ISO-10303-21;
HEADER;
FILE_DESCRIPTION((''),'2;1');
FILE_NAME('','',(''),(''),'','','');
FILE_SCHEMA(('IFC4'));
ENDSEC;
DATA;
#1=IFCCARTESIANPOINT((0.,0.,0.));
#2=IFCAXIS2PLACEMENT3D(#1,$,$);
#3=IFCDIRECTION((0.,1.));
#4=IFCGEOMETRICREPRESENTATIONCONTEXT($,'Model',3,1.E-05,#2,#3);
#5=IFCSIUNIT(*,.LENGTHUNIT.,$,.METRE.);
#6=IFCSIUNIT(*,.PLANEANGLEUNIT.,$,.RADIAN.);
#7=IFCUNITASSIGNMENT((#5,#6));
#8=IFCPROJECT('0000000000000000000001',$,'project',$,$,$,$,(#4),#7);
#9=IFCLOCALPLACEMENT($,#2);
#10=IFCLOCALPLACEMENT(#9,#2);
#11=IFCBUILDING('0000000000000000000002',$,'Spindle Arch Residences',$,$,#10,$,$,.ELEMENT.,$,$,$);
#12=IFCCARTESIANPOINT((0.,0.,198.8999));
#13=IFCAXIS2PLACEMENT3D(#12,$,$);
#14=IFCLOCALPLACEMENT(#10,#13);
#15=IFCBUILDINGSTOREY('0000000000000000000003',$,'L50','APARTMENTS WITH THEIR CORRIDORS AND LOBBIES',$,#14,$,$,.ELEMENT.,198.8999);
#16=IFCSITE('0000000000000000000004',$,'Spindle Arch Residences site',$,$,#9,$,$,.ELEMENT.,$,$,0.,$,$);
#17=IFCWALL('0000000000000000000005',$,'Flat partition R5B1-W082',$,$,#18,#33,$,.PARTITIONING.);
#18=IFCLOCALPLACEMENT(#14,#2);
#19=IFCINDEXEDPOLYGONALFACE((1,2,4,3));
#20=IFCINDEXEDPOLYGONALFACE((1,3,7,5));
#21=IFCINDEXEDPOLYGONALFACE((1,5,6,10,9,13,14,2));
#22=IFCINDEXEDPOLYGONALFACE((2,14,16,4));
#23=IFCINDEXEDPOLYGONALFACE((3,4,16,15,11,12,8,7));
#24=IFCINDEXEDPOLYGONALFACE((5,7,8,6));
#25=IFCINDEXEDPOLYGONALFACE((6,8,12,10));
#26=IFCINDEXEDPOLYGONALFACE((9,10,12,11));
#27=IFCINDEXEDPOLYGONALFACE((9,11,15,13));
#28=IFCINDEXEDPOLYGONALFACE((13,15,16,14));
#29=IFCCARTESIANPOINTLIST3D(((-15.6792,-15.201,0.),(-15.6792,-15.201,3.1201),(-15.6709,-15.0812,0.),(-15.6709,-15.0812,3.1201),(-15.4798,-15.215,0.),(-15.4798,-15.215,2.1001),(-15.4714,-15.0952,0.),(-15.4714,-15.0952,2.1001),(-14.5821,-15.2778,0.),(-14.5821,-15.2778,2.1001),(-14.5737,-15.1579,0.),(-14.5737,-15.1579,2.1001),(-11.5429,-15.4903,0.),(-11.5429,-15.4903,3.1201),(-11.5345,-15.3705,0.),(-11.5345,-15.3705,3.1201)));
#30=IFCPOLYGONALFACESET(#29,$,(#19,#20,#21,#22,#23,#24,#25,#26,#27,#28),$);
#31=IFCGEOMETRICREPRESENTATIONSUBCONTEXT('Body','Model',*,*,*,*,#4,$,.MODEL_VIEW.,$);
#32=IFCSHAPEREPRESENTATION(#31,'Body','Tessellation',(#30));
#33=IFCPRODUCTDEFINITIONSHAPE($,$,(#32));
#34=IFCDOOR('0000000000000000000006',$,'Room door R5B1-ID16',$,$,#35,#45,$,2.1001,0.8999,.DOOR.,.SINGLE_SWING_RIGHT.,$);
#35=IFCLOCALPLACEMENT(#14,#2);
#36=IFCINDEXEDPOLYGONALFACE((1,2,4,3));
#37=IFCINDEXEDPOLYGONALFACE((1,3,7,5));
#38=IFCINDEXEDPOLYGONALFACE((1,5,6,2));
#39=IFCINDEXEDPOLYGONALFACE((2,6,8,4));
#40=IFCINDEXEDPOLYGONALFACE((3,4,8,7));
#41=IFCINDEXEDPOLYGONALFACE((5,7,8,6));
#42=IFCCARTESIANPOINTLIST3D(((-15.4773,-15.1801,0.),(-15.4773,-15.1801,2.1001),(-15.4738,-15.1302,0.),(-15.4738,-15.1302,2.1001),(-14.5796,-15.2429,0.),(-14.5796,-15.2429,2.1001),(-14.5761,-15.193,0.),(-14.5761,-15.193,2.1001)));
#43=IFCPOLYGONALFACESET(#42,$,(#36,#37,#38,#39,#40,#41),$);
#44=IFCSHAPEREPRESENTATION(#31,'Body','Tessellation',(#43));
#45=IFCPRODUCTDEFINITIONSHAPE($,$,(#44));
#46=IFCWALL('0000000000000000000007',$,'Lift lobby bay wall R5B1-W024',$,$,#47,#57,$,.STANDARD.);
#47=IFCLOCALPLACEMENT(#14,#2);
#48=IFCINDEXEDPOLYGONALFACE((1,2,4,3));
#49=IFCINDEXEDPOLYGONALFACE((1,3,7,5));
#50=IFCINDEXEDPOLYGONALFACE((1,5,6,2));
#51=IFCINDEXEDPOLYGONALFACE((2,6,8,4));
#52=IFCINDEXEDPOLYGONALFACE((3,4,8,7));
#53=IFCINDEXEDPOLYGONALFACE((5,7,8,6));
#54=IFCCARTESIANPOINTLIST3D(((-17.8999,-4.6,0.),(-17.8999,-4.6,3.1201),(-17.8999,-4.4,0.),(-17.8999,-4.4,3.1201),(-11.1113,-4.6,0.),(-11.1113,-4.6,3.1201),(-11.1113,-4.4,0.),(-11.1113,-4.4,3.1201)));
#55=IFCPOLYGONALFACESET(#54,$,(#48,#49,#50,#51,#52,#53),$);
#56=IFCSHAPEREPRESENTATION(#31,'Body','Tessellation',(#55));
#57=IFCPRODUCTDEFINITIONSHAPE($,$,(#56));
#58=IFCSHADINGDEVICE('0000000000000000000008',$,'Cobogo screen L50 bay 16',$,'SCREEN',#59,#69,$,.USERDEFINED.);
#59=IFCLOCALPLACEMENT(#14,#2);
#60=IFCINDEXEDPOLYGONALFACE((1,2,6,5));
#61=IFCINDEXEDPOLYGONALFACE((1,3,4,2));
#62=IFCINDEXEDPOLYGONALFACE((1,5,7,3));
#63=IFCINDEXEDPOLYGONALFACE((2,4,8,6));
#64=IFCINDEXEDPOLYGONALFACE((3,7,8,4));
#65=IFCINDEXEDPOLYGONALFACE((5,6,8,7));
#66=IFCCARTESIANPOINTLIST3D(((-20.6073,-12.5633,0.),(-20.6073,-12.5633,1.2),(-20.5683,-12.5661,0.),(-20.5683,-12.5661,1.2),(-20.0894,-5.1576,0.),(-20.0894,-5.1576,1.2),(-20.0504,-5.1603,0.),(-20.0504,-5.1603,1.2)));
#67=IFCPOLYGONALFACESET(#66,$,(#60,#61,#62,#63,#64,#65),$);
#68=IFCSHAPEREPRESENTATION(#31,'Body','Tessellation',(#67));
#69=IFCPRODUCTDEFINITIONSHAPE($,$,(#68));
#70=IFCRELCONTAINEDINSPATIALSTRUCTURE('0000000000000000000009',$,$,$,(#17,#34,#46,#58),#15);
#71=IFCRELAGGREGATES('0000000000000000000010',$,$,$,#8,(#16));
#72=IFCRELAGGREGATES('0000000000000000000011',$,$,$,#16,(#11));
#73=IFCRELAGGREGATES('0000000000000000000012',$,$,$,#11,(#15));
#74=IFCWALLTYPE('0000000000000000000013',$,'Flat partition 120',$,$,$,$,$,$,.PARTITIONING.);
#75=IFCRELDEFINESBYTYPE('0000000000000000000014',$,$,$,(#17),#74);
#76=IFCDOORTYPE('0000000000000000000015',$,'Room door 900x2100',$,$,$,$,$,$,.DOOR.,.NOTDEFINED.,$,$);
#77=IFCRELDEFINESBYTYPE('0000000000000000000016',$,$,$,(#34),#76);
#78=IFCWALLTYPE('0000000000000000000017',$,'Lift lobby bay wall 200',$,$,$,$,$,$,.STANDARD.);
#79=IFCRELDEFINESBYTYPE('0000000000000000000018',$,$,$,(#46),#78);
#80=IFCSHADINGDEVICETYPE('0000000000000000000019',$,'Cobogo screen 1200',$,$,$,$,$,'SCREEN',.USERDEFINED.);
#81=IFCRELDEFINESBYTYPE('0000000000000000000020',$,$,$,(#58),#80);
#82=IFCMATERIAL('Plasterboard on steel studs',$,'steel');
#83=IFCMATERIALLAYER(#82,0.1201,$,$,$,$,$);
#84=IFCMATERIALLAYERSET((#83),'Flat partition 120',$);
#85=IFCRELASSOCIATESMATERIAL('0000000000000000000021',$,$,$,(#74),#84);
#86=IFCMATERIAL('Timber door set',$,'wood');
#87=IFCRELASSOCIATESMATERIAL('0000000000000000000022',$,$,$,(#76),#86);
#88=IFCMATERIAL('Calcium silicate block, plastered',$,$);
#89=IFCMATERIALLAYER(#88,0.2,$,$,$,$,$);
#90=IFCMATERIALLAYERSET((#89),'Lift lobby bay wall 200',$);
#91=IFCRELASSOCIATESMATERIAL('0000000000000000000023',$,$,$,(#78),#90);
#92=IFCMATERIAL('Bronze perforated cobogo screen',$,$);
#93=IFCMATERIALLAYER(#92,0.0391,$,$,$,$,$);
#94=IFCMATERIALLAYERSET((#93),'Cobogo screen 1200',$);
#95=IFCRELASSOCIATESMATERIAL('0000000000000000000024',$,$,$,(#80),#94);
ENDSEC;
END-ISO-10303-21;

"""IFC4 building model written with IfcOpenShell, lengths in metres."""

from ifc_helpers import new_model, si_unit, direction, frame, frame_2d, origin, origin_2d, place, context, subcontext, project, spatial, rectangle, extrude, material, layer, layer_set, type_object, element, fill, save


model = new_model("IFC4")

# Units and contexts
model_context = context("Model", 3, precision=1e-05, world=origin(), true_north=direction((0.0, 1.0)))
body_context = subcontext(model_context, "Body", "Model", "MODEL_VIEW")
ifc_project = project(units=[si_unit("LENGTHUNIT", "METRE"), si_unit("PLANEANGLEUNIT", "RADIAN")], contexts=[model_context])

# Site, building, storey
site_placement = place(None, origin())
site = spatial("IfcSite", under=ifc_project, at=site_placement, Name="Spindle Arch Residences site", CompositionType="ELEMENT", RefElevation=0.0)
building_placement = place(site_placement, origin())
building = spatial("IfcBuilding", under=site, at=building_placement, Name="Spindle Arch Residences", CompositionType="ELEMENT")
storey_placement = place(building_placement, frame((0.0, 0.0, 198.8999)))
storey = spatial("IfcBuildingStorey", under=building, at=storey_placement, Name="L50", Description="APARTMENTS WITH THEIR CORRIDORS AND LOBBIES", CompositionType="ELEMENT", Elevation=198.8999)

# Shared definitions
ifc_material_1 = material(Name="Plasterboard on steel studs", Category="steel")
ifc_layer_1 = layer(ifc_material_1, 0.1201)
ifc_layer_set_1 = layer_set([ifc_layer_1], Name="Flat partition 120")
wall_type_1 = type_object("IfcWallType", Name="Flat partition 120", PredefinedType="PARTITIONING", material=ifc_layer_set_1)

# Shared definitions
ifc_material_2 = material(Name="Timber door set", Category="wood")
door_type_1 = type_object("IfcDoorType", Name="Room door 900x2100", OperationType="NOTDEFINED", PredefinedType="DOOR", material=ifc_material_2)

# Wall, opening, door
wall_1_placement = place(storey_placement, frame((-15.675, -15.1411, 0.0), z_axis=(0.0, 0.0, 1.0), x_axis=(0.997563, -0.06977, 0.0)))
wall_1 = element("IfcWall", 1, at=wall_1_placement, inside=storey, type_object=wall_type_1, Name="Flat partition R5B1-W082", PredefinedType="PARTITIONING", context=body_context, shape_type="SweptSolid", body=[
    extrude(rectangle(XDim=4.1465, YDim=0.1201, at=frame_2d((2.0732, 0.0))), origin(), (0.0, 0.0, 1.0), 3.1201),
])
opening_1_placement = place(wall_1_placement, frame((0.2, 0.0, 0.0)))
opening_1 = element("IfcOpeningElement", 2, at=opening_1_placement, cuts=wall_1, PredefinedType="OPENING", context=body_context, shape_type="SweptSolid", body=[
    extrude(rectangle(XDim=0.8999, YDim=2.1001, at=frame_2d((0.45, 1.05))), frame((0.0, 0.0701, 0.0), z_axis=(0.0, -1.0, 0.0), x_axis=(1.0, 0.0, 0.0)), (0.0, 0.0, 1.0), 0.1401),
])
door_1_placement = place(opening_1_placement, origin())
door_1 = element("IfcDoor", 3, at=door_1_placement, inside=storey, type_object=door_type_1, Name="Room door R5B1-ID16", OperationType="SINGLE_SWING_RIGHT", OverallHeight=2.1001, OverallWidth=0.8999, PredefinedType="DOOR", context=body_context, shape_type="SweptSolid", body=[
    extrude(rectangle(XDim=0.8999, YDim=2.1001, at=frame_2d((0.45, 1.05))), frame((0.0, 0.0249, 0.0), z_axis=(0.0, -1.0, 0.0), x_axis=(1.0, 0.0, 0.0)), (0.0, 0.0, 1.0), 0.05),
])
fill(opening_1, door_1)

# Wall
ifc_material_3 = material(Name="Calcium silicate block, plastered")
ifc_layer_2 = layer(ifc_material_3, 0.2)
ifc_layer_set_2 = layer_set([ifc_layer_2], Name="Lift lobby bay wall 200")
wall_type_2 = type_object("IfcWallType", Name="Lift lobby bay wall 200", PredefinedType="STANDARD", material=ifc_layer_set_2)
wall_2_placement = place(storey_placement, frame((-17.8999, -4.5, 0.0), z_axis=(0.0, 0.0, 1.0), x_axis=(1.0, 0.0, 0.0)))
element("IfcWall", 4, at=wall_2_placement, inside=storey, type_object=wall_type_2, Name="Lift lobby bay wall R5B1-W024", PredefinedType="STANDARD", context=body_context, shape_type="SweptSolid", body=[
    extrude(rectangle(XDim=6.7886, YDim=0.2, at=frame_2d((3.3943, 0.0))), origin(), (0.0, 0.0, 1.0), 3.1201),
])

# Shading device
ifc_material_4 = material(Name="Bronze perforated cobogo screen")
ifc_layer_3 = layer(ifc_material_4, 0.0391)
ifc_layer_set_3 = layer_set([ifc_layer_3], Name="Cobogo screen 1200")
shading_device_type = type_object("IfcShadingDeviceType", Name="Cobogo screen 1200", ElementType="SCREEN", PredefinedType="USERDEFINED", material=ifc_layer_set_3)
shading_device_placement = place(storey_placement, frame((-20.3289, -8.8618, 0.0), z_axis=(0.0, 0.0, 1.0), x_axis=(-0.069756, -0.997564, 0.0)))
element("IfcShadingDevice", 5, at=shading_device_placement, inside=storey, type_object=shading_device_type, Name="Cobogo screen L50 bay 16", ObjectType="SCREEN", PredefinedType="USERDEFINED", context=body_context, shape_type="SweptSolid", body=[
    extrude(rectangle(XDim=7.4238, YDim=0.0391, at=origin_2d()), origin(), (0.0, 0.0, 1.0), 1.2),
])

save(model, "model.ifc")
